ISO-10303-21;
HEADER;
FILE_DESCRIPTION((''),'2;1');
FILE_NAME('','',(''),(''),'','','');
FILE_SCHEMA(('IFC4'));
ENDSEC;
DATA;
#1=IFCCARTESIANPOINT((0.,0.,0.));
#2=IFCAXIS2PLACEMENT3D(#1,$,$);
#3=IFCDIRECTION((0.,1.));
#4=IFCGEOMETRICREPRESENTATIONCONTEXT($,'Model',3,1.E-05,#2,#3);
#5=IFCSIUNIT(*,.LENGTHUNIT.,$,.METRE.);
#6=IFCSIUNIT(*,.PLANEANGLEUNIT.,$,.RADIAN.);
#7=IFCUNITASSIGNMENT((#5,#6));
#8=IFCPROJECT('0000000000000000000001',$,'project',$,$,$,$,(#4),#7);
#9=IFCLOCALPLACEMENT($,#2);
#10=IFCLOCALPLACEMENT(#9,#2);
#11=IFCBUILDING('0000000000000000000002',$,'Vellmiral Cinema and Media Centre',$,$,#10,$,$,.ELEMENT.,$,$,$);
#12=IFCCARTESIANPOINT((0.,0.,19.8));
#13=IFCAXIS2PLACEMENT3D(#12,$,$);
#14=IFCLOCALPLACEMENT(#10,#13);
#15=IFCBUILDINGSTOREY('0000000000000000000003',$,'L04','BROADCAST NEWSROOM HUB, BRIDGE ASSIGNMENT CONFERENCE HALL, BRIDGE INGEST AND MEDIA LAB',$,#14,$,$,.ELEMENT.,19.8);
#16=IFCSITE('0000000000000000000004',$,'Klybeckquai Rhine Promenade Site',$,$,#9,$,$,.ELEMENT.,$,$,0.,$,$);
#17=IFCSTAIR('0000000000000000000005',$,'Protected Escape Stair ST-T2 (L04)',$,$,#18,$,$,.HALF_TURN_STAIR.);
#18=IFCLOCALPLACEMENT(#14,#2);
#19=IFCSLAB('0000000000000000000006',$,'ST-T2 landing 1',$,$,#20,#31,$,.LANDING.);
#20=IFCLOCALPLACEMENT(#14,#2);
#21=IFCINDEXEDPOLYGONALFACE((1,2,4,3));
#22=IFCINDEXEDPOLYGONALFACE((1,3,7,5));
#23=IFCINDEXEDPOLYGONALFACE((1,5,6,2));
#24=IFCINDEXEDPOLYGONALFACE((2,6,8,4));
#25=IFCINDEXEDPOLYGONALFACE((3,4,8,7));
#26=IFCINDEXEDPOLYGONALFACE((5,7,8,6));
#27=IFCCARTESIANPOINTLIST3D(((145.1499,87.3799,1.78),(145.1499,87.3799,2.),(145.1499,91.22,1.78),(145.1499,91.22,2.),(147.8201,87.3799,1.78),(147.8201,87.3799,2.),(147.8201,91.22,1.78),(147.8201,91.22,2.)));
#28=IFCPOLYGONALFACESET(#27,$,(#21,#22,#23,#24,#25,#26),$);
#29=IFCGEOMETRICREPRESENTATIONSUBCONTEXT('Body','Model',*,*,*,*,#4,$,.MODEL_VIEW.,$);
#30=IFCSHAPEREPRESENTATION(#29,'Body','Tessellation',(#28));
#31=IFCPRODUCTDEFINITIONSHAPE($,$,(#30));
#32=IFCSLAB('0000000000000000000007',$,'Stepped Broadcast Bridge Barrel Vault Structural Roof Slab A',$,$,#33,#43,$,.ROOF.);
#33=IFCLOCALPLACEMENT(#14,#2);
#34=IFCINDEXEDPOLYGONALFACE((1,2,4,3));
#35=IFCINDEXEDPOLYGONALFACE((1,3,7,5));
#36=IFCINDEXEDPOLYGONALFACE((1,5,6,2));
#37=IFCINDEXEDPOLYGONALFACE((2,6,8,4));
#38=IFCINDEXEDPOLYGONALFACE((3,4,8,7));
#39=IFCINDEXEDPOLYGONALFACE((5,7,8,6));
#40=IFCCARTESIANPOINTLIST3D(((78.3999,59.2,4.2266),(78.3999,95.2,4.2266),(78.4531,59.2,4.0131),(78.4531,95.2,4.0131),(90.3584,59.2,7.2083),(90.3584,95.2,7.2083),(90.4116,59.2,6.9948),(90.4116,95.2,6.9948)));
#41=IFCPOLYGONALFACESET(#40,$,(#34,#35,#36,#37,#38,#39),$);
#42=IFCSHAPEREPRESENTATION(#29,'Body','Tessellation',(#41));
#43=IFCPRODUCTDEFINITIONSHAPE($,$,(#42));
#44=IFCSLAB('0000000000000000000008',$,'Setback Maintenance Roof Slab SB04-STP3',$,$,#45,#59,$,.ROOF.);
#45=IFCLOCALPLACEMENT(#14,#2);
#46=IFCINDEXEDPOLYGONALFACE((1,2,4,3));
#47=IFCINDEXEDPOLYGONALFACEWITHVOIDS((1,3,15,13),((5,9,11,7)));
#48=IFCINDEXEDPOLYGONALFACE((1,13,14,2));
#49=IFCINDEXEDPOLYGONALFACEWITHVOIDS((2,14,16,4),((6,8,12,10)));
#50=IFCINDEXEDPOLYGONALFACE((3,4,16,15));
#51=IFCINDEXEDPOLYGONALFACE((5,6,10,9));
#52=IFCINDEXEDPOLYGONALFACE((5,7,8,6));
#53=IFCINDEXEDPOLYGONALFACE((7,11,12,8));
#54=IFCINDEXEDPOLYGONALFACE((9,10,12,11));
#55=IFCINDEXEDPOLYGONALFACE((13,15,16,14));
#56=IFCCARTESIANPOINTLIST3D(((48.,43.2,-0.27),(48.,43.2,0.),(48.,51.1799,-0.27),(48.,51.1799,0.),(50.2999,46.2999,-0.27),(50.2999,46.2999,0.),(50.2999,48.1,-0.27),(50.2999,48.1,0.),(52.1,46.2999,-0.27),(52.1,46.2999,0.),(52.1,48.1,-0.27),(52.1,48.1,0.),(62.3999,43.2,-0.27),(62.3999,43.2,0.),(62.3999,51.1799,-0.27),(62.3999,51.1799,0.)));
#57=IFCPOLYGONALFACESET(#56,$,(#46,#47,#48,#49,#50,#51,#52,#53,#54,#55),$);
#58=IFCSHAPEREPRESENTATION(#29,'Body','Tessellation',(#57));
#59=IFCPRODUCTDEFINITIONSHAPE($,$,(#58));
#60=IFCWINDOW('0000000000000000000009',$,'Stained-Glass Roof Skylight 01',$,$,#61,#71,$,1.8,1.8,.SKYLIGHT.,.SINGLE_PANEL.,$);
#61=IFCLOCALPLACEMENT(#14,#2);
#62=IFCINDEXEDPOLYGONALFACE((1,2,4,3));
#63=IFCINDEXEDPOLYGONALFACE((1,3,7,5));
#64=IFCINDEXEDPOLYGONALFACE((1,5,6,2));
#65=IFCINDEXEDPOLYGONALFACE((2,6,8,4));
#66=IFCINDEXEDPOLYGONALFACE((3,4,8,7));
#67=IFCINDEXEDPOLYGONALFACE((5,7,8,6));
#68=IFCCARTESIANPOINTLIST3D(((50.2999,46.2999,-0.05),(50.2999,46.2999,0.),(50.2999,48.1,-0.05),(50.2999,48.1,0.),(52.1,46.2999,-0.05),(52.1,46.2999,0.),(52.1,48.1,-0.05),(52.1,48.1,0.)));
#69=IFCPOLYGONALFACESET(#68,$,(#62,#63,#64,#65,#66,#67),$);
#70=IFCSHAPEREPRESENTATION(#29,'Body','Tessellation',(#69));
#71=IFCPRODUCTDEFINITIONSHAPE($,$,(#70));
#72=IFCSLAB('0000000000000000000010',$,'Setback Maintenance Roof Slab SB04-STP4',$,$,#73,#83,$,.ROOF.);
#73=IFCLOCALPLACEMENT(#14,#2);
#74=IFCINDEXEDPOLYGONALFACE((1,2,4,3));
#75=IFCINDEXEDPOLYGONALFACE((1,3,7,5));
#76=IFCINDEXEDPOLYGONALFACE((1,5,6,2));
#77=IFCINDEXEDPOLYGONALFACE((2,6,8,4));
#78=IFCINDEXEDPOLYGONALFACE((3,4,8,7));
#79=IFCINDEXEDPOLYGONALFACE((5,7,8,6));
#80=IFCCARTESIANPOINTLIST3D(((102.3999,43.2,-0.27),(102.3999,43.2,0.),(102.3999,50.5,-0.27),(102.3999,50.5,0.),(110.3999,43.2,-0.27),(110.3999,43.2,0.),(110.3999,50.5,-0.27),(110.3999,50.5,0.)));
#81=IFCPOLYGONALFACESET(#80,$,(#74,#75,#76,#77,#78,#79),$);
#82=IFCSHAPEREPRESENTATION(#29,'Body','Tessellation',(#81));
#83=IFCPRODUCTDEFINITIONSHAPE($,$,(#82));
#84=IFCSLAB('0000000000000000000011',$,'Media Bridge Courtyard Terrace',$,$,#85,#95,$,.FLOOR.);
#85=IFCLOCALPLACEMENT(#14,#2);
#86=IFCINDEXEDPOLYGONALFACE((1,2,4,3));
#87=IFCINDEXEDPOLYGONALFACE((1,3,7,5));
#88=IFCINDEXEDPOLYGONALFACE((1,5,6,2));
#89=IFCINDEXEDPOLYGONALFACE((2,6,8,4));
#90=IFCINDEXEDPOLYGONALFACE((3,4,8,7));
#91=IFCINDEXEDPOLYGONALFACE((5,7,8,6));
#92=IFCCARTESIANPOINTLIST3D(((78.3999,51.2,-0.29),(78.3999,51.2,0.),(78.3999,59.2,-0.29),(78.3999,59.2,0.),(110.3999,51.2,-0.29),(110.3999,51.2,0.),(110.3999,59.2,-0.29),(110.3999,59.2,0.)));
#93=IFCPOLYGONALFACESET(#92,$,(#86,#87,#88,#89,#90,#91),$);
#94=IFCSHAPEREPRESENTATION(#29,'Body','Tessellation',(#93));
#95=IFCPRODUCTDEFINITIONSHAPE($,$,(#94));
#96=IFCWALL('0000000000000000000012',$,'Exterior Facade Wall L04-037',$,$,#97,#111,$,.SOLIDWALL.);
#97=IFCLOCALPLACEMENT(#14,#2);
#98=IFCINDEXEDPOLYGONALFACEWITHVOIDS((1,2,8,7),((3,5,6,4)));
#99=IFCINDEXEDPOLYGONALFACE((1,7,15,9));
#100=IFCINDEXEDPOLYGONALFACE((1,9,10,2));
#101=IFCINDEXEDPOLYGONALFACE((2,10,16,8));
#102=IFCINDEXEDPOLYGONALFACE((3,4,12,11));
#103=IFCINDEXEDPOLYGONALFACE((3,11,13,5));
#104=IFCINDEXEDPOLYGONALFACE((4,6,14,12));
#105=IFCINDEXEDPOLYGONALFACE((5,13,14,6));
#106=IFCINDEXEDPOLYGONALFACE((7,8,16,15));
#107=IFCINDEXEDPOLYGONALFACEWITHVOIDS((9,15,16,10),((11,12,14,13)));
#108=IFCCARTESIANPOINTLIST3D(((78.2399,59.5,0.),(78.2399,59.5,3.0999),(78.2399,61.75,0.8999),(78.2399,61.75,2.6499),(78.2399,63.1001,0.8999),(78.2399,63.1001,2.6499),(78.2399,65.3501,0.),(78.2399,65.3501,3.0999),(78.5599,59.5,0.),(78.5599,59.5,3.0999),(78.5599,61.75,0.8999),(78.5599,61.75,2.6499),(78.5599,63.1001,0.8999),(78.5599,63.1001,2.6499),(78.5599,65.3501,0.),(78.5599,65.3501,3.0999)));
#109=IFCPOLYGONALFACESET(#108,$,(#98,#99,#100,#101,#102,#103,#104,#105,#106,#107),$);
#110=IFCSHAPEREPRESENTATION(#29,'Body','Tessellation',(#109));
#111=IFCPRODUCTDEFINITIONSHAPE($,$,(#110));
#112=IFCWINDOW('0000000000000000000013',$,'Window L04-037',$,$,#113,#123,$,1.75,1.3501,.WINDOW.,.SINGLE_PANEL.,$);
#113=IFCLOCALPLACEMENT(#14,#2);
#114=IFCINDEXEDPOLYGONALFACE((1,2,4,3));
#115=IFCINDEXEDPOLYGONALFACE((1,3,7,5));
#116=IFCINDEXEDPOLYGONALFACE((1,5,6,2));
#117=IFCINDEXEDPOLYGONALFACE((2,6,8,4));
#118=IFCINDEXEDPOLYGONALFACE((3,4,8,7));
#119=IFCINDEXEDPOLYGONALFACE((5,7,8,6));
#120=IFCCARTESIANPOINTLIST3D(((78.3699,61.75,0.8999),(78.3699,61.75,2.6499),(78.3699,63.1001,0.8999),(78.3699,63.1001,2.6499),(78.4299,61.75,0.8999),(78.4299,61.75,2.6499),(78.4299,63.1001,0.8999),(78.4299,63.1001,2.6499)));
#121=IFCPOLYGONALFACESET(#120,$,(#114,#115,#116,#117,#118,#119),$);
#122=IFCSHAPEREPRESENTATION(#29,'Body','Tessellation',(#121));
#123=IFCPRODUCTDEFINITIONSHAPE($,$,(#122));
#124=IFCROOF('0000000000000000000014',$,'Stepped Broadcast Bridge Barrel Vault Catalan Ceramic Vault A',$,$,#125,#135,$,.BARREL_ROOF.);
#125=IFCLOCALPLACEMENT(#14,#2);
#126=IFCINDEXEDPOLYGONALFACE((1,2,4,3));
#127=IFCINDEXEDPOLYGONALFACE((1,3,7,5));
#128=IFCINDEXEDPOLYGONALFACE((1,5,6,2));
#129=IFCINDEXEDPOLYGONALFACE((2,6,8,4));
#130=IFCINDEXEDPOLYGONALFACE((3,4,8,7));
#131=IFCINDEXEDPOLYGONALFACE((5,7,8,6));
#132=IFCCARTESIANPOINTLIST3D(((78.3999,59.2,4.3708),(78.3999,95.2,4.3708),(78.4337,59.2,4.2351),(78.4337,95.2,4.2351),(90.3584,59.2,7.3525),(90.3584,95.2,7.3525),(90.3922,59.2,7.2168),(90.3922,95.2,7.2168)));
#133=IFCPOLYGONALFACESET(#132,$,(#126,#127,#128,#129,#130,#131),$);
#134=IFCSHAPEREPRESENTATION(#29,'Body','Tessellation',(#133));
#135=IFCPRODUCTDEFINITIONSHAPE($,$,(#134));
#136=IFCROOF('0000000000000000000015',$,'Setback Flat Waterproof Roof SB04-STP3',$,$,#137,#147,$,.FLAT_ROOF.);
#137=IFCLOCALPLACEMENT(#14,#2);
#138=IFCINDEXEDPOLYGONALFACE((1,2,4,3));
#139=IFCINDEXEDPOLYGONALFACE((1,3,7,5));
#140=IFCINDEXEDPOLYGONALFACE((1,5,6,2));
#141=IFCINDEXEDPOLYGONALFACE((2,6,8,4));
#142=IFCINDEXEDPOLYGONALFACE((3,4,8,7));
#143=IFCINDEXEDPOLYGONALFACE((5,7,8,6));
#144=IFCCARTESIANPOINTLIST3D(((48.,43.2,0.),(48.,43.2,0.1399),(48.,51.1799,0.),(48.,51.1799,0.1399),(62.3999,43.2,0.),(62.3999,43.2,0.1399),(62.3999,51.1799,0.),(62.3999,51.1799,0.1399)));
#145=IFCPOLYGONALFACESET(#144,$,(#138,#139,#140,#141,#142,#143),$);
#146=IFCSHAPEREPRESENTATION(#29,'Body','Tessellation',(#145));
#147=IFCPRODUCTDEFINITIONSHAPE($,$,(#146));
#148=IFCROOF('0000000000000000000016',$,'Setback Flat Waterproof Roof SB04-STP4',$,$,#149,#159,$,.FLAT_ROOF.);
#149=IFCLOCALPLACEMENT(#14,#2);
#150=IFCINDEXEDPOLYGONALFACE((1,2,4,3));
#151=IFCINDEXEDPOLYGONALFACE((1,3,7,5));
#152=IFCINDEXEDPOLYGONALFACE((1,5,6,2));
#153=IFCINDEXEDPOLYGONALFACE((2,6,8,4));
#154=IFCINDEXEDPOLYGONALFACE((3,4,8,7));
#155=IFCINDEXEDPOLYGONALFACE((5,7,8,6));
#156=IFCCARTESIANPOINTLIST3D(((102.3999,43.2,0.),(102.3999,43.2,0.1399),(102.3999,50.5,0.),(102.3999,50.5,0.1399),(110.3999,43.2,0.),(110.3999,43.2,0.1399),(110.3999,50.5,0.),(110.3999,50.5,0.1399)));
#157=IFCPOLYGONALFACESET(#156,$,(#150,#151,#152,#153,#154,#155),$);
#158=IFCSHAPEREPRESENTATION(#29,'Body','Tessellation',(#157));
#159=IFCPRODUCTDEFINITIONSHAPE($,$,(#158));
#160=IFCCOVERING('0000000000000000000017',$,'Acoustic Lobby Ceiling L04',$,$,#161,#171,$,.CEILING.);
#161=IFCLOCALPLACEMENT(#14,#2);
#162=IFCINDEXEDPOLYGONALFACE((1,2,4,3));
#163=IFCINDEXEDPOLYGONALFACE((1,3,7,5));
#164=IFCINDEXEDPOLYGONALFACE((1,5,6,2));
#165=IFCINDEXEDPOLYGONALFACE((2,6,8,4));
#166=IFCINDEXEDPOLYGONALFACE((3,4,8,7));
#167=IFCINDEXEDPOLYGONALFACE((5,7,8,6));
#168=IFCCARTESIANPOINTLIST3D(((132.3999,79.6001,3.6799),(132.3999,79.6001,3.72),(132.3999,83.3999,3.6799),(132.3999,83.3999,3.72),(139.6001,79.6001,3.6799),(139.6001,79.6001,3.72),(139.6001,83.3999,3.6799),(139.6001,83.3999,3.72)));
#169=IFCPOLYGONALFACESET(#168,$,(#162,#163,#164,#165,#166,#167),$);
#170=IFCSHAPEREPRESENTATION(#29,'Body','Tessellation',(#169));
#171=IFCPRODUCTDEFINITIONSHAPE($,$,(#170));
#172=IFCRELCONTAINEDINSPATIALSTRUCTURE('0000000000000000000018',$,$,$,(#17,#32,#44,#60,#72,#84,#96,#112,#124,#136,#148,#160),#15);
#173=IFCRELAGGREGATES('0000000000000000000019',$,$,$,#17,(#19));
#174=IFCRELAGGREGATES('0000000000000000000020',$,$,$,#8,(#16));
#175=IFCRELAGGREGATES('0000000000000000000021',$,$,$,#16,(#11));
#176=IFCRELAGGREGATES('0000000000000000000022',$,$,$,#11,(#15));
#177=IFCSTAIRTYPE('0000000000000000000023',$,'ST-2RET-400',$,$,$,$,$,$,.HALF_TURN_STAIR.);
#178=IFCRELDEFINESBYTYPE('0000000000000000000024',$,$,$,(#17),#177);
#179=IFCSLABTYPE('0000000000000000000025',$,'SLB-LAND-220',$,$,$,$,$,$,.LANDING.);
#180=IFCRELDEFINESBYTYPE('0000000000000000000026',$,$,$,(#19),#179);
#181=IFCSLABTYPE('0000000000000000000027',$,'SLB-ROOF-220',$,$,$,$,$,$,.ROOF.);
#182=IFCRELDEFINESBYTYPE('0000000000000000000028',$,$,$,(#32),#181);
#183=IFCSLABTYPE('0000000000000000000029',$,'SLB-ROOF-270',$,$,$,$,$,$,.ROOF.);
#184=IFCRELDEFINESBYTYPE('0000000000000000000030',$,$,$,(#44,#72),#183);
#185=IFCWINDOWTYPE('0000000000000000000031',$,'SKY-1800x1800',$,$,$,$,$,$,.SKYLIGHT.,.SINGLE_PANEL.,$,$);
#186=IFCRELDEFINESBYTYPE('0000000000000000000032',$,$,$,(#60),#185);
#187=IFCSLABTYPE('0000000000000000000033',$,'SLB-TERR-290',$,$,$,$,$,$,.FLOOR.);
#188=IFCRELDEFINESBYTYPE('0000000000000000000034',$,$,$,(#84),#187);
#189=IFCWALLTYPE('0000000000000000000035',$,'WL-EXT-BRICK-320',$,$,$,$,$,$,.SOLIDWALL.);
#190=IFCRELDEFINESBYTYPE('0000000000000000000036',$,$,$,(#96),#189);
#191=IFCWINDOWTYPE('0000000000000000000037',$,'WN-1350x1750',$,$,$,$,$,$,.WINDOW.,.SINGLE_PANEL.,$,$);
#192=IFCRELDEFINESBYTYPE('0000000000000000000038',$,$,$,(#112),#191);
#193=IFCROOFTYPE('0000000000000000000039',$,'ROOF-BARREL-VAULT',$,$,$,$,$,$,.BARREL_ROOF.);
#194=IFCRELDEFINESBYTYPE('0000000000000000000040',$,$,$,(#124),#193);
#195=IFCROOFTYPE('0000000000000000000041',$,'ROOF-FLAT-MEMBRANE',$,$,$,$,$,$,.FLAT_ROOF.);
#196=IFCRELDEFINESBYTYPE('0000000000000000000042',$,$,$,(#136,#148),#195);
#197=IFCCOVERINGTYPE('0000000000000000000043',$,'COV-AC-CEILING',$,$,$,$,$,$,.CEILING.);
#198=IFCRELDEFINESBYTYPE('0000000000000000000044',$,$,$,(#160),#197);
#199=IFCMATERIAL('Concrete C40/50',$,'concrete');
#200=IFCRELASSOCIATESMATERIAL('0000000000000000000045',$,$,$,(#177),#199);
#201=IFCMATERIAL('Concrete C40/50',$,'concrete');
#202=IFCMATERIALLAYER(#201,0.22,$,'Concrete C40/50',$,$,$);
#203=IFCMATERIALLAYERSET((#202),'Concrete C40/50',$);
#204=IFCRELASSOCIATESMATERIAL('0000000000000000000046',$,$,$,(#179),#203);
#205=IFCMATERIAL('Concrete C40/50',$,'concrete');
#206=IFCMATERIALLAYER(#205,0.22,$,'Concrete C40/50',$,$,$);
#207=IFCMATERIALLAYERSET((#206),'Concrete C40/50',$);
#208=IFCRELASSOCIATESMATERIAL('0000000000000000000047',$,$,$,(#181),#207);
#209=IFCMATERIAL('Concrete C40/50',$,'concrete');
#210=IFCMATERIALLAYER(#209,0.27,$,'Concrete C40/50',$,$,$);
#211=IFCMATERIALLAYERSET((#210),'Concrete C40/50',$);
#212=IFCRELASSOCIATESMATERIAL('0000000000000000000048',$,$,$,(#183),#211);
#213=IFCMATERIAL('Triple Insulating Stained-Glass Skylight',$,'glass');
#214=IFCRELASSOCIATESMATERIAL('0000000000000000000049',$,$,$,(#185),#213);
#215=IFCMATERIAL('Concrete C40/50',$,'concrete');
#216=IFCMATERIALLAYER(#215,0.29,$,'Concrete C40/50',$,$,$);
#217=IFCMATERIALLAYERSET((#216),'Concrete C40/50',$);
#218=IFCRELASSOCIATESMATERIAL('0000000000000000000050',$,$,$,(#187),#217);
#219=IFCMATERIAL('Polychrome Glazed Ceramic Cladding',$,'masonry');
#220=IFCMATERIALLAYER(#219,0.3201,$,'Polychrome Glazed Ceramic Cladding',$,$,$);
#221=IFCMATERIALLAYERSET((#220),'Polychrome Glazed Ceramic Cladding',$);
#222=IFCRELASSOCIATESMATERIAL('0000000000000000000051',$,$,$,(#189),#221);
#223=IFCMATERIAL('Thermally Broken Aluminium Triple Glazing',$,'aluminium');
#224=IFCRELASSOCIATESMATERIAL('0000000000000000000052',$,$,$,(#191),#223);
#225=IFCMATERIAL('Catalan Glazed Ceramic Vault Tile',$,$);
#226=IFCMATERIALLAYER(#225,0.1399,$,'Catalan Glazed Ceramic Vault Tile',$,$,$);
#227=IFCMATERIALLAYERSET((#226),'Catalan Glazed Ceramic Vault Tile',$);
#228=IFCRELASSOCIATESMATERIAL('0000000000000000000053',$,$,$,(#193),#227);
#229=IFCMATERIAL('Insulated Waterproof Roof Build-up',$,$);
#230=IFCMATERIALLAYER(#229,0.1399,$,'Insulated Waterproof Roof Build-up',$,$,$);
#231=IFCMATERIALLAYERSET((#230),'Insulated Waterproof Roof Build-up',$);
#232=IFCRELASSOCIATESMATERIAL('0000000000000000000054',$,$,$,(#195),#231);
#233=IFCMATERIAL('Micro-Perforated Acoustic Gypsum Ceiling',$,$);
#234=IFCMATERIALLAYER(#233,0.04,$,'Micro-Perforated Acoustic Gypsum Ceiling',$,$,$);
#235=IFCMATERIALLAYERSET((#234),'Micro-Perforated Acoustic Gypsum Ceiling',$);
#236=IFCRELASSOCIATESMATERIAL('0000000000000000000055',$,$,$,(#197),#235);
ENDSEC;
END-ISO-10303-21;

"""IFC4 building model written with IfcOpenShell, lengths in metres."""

from ifc_helpers import new_model, si_unit, direction, frame, frame_2d, origin, origin_2d, place, context, subcontext, project, spatial, polyline, rectangle, outline, extrude, material, layer, layer_set, type_object, element, fill, aggregate, save


model = new_model("IFC4")

# Units and contexts
model_context = context("Model", 3, precision=1e-05, world=origin(), true_north=direction((0.0, 1.0)))
body_context = subcontext(model_context, "Body", "Model", "MODEL_VIEW")
ifc_project = project(units=[si_unit("LENGTHUNIT", "METRE"), si_unit("PLANEANGLEUNIT", "RADIAN")], contexts=[model_context])

# Site, building, storey
site_placement = place(None, origin())
site = spatial("IfcSite", under=ifc_project, at=site_placement, Name="Klybeckquai Rhine Promenade Site", CompositionType="ELEMENT", RefElevation=0.0)
building_placement = place(site_placement, origin())
building = spatial("IfcBuilding", under=site, at=building_placement, Name="Vellmiral Cinema and Media Centre", CompositionType="ELEMENT")
storey_placement = place(building_placement, frame((0.0, 0.0, 19.8)))
storey = spatial("IfcBuildingStorey", under=building, at=storey_placement, Name="L04", Description="BROADCAST NEWSROOM HUB, BRIDGE ASSIGNMENT CONFERENCE HALL, BRIDGE INGEST AND MEDIA LAB", CompositionType="ELEMENT", Elevation=19.8)

# Stair, slab
ifc_material_1 = material(Name="Concrete C40/50", Category="concrete")
stair_type = type_object("IfcStairType", Name="ST-2RET-400", PredefinedType="HALF_TURN_STAIR", material=ifc_material_1)
ifc_material_2 = material(Name="Concrete C40/50", Category="concrete")
ifc_layer_1 = layer(ifc_material_2, 0.22, Name="Concrete C40/50")
ifc_layer_set_1 = layer_set([ifc_layer_1], Name="Concrete C40/50")
slab_type_1 = type_object("IfcSlabType", Name="SLB-LAND-220", PredefinedType="LANDING", material=ifc_layer_set_1)
stair_1_placement = place(storey_placement, origin())
stair_1 = element("IfcStair", 1, at=stair_1_placement, inside=storey, type_object=stair_type, Name="Protected Escape Stair ST-T2 (L04)", PredefinedType="HALF_TURN_STAIR")
slab_1_placement = place(storey_placement, frame((0.0, 0.0, 1.78)))
slab_1 = element("IfcSlab", 2, at=slab_1_placement, type_object=slab_type_1, Name="ST-T2 landing 1", PredefinedType="LANDING", context=body_context, shape_type="SweptSolid", body=[
    extrude(outline(polyline([(145.1499, 87.3799), (147.8201, 87.3799), (147.8201, 91.22), (145.1499, 91.22), (145.1499, 87.3799)])), origin(), (0.0, 0.0, 1.0), 0.22),
])
aggregate(stair_1, [slab_1])

# Slab
ifc_material_3 = material(Name="Concrete C40/50", Category="concrete")
ifc_layer_2 = layer(ifc_material_3, 0.22, Name="Concrete C40/50")
ifc_layer_set_2 = layer_set([ifc_layer_2], Name="Concrete C40/50")
slab_type_2 = type_object("IfcSlabType", Name="SLB-ROOF-220", PredefinedType="ROOF", material=ifc_layer_set_2)
slab_2_placement = place(storey_placement, frame((78.3999, 59.2, 4.2266), z_axis=(-0.24193, 0.0, 0.970294), x_axis=(0.970294, 0.0, 0.24193)))
element("IfcSlab", 3, at=slab_2_placement, inside=storey, type_object=slab_type_2, Name="Stepped Broadcast Bridge Barrel Vault Structural Roof Slab A", PredefinedType="ROOF", context=body_context, shape_type="SweptSolid", body=[
    extrude(outline(polyline([(0.0, 0.0), (12.3246, 0.0), (12.3246, 36.0), (0.0, 36.0), (0.0, 0.0)])), origin(), (0.0, 0.0, -1.0), 0.22),
])

# Slab, opening, window
ifc_material_4 = material(Name="Concrete C40/50", Category="concrete")
ifc_layer_3 = layer(ifc_material_4, 0.27, Name="Concrete C40/50")
ifc_layer_set_3 = layer_set([ifc_layer_3], Name="Concrete C40/50")
slab_type_3 = type_object("IfcSlabType", Name="SLB-ROOF-270", PredefinedType="ROOF", material=ifc_layer_set_3)
slab_3_placement = place(storey_placement, frame((0.0, 0.0, -0.27)))
slab_3 = element("IfcSlab", 4, at=slab_3_placement, inside=storey, type_object=slab_type_3, Name="Setback Maintenance Roof Slab SB04-STP3", PredefinedType="ROOF", context=body_context, shape_type="SweptSolid", body=[
    extrude(outline(polyline([(48.0, 43.2), (62.3999, 43.2), (62.3999, 51.1799), (48.0, 51.1799), (48.0, 43.2)])), origin(), (0.0, 0.0, 1.0), 0.27),
])
opening_1_placement = place(slab_3_placement, frame((51.2, 47.2, -0.012)))
opening_1 = element("IfcOpeningElement", 5, at=opening_1_placement, cuts=slab_3, PredefinedType="OPENING", context=body_context, shape_type="SweptSolid", body=[
    extrude(rectangle(XDim=1.8, YDim=1.8, at=origin_2d()), origin(), (0.0, 0.0, 1.0), 0.2939),
])
ifc_material_5 = material(Name="Triple Insulating Stained-Glass Skylight", Category="glass")
window_type_1 = type_object("IfcWindowType", Name="SKY-1800x1800", PartitioningType="SINGLE_PANEL", PredefinedType="SKYLIGHT", material=ifc_material_5)
window_1_placement = place(opening_1_placement, frame((0.0, 0.0, 0.2319)))
window_1 = element("IfcWindow", 6, at=window_1_placement, inside=storey, type_object=window_type_1, Name="Stained-Glass Roof Skylight 01", OverallHeight=1.8, OverallWidth=1.8, PartitioningType="SINGLE_PANEL", PredefinedType="SKYLIGHT", context=body_context, shape_type="SweptSolid", body=[
    extrude(rectangle(XDim=1.8, YDim=1.8, at=origin_2d()), origin(), (0.0, 0.0, 1.0), 0.05),
])
fill(opening_1, window_1)

# Slabs
slab_4_placement = place(storey_placement, frame((0.0, 0.0, -0.27)))
element("IfcSlab", 7, at=slab_4_placement, inside=storey, type_object=slab_type_3, Name="Setback Maintenance Roof Slab SB04-STP4", PredefinedType="ROOF", context=body_context, shape_type="SweptSolid", body=[
    extrude(outline(polyline([(102.3999, 43.2), (110.3999, 43.2), (110.3999, 50.5), (102.3999, 50.5), (102.3999, 43.2)])), origin(), (0.0, 0.0, 1.0), 0.27),
])
ifc_material_6 = material(Name="Concrete C40/50", Category="concrete")
ifc_layer_4 = layer(ifc_material_6, 0.29, Name="Concrete C40/50")
ifc_layer_set_4 = layer_set([ifc_layer_4], Name="Concrete C40/50")
slab_type_4 = type_object("IfcSlabType", Name="SLB-TERR-290", PredefinedType="FLOOR", material=ifc_layer_set_4)
slab_5_placement = place(storey_placement, frame((0.0, 0.0, -0.29)))
element("IfcSlab", 8, at=slab_5_placement, inside=storey, type_object=slab_type_4, Name="Media Bridge Courtyard Terrace", PredefinedType="FLOOR", context=body_context, shape_type="SweptSolid", body=[
    extrude(outline(polyline([(78.3999, 51.2), (110.3999, 51.2), (110.3999, 59.2), (78.3999, 59.2), (78.3999, 51.2)])), origin(), (0.0, 0.0, 1.0), 0.29),
])

# Wall, opening, window
ifc_material_7 = material(Name="Polychrome Glazed Ceramic Cladding", Category="masonry")
ifc_layer_5 = layer(ifc_material_7, 0.3201, Name="Polychrome Glazed Ceramic Cladding")
ifc_layer_set_5 = layer_set([ifc_layer_5], Name="Polychrome Glazed Ceramic Cladding")
wall_type = type_object("IfcWallType", Name="WL-EXT-BRICK-320", PredefinedType="SOLIDWALL", material=ifc_layer_set_5)
wall_placement = place(storey_placement, frame((78.3999, 65.3501, 0.0), z_axis=(0.0, 0.0, 1.0), x_axis=(0.0, -1.0, 0.0)))
wall = element("IfcWall", 9, at=wall_placement, inside=storey, type_object=wall_type, Name="Exterior Facade Wall L04-037", PredefinedType="SOLIDWALL", context=body_context, shape_type="SweptSolid", body=[
    extrude(rectangle(XDim=5.8501, YDim=0.3201, at=frame_2d((2.925, 0.0))), origin(), (0.0, 0.0, 1.0), 3.0999),
])
opening_2_placement = place(wall_placement, frame((2.25, 0.0, 0.8999)))
opening_2 = element("IfcOpeningElement", 10, at=opening_2_placement, cuts=wall, PredefinedType="OPENING", context=body_context, shape_type="SweptSolid", body=[
    extrude(rectangle(XDim=1.3501, YDim=1.75, at=frame_2d((0.675, 0.875))), frame((0.0, 0.1719, 0.0), z_axis=(0.0, -1.0, 0.0), x_axis=(1.0, 0.0, 0.0)), (0.0, 0.0, 1.0), 0.344),
])
ifc_material_8 = material(Name="Thermally Broken Aluminium Triple Glazing", Category="aluminium")
window_type_2 = type_object("IfcWindowType", Name="WN-1350x1750", PartitioningType="SINGLE_PANEL", PredefinedType="WINDOW", material=ifc_material_8)
window_2_placement = place(opening_2_placement, origin())
window_2 = element("IfcWindow", 11, at=window_2_placement, inside=storey, type_object=window_type_2, Name="Window L04-037", OverallHeight=1.75, OverallWidth=1.3501, PartitioningType="SINGLE_PANEL", PredefinedType="WINDOW", context=body_context, shape_type="SweptSolid", body=[
    extrude(rectangle(XDim=1.3501, YDim=1.75, at=frame_2d((0.675, 0.875))), frame((0.0, 0.03, 0.0), z_axis=(0.0, -1.0, 0.0), x_axis=(1.0, 0.0, 0.0)), (0.0, 0.0, 1.0), 0.0601),
])
fill(opening_2, window_2)

# Roofs
ifc_material_9 = material(Name="Catalan Glazed Ceramic Vault Tile")
ifc_layer_6 = layer(ifc_material_9, 0.1399, Name="Catalan Glazed Ceramic Vault Tile")
ifc_layer_set_6 = layer_set([ifc_layer_6], Name="Catalan Glazed Ceramic Vault Tile")
roof_type_1 = type_object("IfcRoofType", Name="ROOF-BARREL-VAULT", PredefinedType="BARREL_ROOF", material=ifc_layer_set_6)
roof_1_placement = place(storey_placement, frame((78.3999, 59.2, 4.3708), z_axis=(-0.24193, 0.0, 0.970294), x_axis=(0.970294, 0.0, 0.24193)))
element("IfcRoof", 12, at=roof_1_placement, inside=storey, type_object=roof_type_1, Name="Stepped Broadcast Bridge Barrel Vault Catalan Ceramic Vault A", PredefinedType="BARREL_ROOF", context=body_context, shape_type="SweptSolid", body=[
    extrude(outline(polyline([(0.0, 0.0), (12.3246, 0.0), (12.3246, 36.0), (0.0, 36.0), (0.0, 0.0)])), origin(), (0.0, 0.0, -1.0), 0.1399),
])
ifc_material_10 = material(Name="Insulated Waterproof Roof Build-up")
ifc_layer_7 = layer(ifc_material_10, 0.1399, Name="Insulated Waterproof Roof Build-up")
ifc_layer_set_7 = layer_set([ifc_layer_7], Name="Insulated Waterproof Roof Build-up")
roof_type_2 = type_object("IfcRoofType", Name="ROOF-FLAT-MEMBRANE", PredefinedType="FLAT_ROOF", material=ifc_layer_set_7)
roof_2_placement = place(storey_placement, origin())
element("IfcRoof", 13, at=roof_2_placement, inside=storey, type_object=roof_type_2, Name="Setback Flat Waterproof Roof SB04-STP3", PredefinedType="FLAT_ROOF", context=body_context, shape_type="SweptSolid", body=[
    extrude(outline(polyline([(48.0, 43.2), (62.3999, 43.2), (62.3999, 51.1799), (48.0, 51.1799), (48.0, 43.2)])), origin(), (0.0, 0.0, 1.0), 0.1399),
])
roof_3_placement = place(storey_placement, origin())
element("IfcRoof", 14, at=roof_3_placement, inside=storey, type_object=roof_type_2, Name="Setback Flat Waterproof Roof SB04-STP4", PredefinedType="FLAT_ROOF", context=body_context, shape_type="SweptSolid", body=[
    extrude(outline(polyline([(102.3999, 43.2), (110.3999, 43.2), (110.3999, 50.5), (102.3999, 50.5), (102.3999, 43.2)])), origin(), (0.0, 0.0, 1.0), 0.1399),
])

# Covering
ifc_material_11 = material(Name="Micro-Perforated Acoustic Gypsum Ceiling")
ifc_layer_8 = layer(ifc_material_11, 0.04, Name="Micro-Perforated Acoustic Gypsum Ceiling")
ifc_layer_set_8 = layer_set([ifc_layer_8], Name="Micro-Perforated Acoustic Gypsum Ceiling")
covering_type_1 = type_object("IfcCoveringType", Name="COV-AC-CEILING", PredefinedType="CEILING", material=ifc_layer_set_8)
covering_1_placement = place(storey_placement, frame((0.0, 0.0, 3.6799)))
element("IfcCovering", 15, at=covering_1_placement, inside=storey, type_object=covering_type_1, Name="Acoustic Lobby Ceiling L04", PredefinedType="CEILING", context=body_context, shape_type="SweptSolid", body=[
    extrude(outline(polyline([(132.3999, 79.6001), (139.6001, 79.6001), (139.6001, 83.3999), (132.3999, 83.3999), (132.3999, 79.6001)])), origin(), (0.0, 0.0, 1.0), 0.04),
])

save(model, "model.ifc")
